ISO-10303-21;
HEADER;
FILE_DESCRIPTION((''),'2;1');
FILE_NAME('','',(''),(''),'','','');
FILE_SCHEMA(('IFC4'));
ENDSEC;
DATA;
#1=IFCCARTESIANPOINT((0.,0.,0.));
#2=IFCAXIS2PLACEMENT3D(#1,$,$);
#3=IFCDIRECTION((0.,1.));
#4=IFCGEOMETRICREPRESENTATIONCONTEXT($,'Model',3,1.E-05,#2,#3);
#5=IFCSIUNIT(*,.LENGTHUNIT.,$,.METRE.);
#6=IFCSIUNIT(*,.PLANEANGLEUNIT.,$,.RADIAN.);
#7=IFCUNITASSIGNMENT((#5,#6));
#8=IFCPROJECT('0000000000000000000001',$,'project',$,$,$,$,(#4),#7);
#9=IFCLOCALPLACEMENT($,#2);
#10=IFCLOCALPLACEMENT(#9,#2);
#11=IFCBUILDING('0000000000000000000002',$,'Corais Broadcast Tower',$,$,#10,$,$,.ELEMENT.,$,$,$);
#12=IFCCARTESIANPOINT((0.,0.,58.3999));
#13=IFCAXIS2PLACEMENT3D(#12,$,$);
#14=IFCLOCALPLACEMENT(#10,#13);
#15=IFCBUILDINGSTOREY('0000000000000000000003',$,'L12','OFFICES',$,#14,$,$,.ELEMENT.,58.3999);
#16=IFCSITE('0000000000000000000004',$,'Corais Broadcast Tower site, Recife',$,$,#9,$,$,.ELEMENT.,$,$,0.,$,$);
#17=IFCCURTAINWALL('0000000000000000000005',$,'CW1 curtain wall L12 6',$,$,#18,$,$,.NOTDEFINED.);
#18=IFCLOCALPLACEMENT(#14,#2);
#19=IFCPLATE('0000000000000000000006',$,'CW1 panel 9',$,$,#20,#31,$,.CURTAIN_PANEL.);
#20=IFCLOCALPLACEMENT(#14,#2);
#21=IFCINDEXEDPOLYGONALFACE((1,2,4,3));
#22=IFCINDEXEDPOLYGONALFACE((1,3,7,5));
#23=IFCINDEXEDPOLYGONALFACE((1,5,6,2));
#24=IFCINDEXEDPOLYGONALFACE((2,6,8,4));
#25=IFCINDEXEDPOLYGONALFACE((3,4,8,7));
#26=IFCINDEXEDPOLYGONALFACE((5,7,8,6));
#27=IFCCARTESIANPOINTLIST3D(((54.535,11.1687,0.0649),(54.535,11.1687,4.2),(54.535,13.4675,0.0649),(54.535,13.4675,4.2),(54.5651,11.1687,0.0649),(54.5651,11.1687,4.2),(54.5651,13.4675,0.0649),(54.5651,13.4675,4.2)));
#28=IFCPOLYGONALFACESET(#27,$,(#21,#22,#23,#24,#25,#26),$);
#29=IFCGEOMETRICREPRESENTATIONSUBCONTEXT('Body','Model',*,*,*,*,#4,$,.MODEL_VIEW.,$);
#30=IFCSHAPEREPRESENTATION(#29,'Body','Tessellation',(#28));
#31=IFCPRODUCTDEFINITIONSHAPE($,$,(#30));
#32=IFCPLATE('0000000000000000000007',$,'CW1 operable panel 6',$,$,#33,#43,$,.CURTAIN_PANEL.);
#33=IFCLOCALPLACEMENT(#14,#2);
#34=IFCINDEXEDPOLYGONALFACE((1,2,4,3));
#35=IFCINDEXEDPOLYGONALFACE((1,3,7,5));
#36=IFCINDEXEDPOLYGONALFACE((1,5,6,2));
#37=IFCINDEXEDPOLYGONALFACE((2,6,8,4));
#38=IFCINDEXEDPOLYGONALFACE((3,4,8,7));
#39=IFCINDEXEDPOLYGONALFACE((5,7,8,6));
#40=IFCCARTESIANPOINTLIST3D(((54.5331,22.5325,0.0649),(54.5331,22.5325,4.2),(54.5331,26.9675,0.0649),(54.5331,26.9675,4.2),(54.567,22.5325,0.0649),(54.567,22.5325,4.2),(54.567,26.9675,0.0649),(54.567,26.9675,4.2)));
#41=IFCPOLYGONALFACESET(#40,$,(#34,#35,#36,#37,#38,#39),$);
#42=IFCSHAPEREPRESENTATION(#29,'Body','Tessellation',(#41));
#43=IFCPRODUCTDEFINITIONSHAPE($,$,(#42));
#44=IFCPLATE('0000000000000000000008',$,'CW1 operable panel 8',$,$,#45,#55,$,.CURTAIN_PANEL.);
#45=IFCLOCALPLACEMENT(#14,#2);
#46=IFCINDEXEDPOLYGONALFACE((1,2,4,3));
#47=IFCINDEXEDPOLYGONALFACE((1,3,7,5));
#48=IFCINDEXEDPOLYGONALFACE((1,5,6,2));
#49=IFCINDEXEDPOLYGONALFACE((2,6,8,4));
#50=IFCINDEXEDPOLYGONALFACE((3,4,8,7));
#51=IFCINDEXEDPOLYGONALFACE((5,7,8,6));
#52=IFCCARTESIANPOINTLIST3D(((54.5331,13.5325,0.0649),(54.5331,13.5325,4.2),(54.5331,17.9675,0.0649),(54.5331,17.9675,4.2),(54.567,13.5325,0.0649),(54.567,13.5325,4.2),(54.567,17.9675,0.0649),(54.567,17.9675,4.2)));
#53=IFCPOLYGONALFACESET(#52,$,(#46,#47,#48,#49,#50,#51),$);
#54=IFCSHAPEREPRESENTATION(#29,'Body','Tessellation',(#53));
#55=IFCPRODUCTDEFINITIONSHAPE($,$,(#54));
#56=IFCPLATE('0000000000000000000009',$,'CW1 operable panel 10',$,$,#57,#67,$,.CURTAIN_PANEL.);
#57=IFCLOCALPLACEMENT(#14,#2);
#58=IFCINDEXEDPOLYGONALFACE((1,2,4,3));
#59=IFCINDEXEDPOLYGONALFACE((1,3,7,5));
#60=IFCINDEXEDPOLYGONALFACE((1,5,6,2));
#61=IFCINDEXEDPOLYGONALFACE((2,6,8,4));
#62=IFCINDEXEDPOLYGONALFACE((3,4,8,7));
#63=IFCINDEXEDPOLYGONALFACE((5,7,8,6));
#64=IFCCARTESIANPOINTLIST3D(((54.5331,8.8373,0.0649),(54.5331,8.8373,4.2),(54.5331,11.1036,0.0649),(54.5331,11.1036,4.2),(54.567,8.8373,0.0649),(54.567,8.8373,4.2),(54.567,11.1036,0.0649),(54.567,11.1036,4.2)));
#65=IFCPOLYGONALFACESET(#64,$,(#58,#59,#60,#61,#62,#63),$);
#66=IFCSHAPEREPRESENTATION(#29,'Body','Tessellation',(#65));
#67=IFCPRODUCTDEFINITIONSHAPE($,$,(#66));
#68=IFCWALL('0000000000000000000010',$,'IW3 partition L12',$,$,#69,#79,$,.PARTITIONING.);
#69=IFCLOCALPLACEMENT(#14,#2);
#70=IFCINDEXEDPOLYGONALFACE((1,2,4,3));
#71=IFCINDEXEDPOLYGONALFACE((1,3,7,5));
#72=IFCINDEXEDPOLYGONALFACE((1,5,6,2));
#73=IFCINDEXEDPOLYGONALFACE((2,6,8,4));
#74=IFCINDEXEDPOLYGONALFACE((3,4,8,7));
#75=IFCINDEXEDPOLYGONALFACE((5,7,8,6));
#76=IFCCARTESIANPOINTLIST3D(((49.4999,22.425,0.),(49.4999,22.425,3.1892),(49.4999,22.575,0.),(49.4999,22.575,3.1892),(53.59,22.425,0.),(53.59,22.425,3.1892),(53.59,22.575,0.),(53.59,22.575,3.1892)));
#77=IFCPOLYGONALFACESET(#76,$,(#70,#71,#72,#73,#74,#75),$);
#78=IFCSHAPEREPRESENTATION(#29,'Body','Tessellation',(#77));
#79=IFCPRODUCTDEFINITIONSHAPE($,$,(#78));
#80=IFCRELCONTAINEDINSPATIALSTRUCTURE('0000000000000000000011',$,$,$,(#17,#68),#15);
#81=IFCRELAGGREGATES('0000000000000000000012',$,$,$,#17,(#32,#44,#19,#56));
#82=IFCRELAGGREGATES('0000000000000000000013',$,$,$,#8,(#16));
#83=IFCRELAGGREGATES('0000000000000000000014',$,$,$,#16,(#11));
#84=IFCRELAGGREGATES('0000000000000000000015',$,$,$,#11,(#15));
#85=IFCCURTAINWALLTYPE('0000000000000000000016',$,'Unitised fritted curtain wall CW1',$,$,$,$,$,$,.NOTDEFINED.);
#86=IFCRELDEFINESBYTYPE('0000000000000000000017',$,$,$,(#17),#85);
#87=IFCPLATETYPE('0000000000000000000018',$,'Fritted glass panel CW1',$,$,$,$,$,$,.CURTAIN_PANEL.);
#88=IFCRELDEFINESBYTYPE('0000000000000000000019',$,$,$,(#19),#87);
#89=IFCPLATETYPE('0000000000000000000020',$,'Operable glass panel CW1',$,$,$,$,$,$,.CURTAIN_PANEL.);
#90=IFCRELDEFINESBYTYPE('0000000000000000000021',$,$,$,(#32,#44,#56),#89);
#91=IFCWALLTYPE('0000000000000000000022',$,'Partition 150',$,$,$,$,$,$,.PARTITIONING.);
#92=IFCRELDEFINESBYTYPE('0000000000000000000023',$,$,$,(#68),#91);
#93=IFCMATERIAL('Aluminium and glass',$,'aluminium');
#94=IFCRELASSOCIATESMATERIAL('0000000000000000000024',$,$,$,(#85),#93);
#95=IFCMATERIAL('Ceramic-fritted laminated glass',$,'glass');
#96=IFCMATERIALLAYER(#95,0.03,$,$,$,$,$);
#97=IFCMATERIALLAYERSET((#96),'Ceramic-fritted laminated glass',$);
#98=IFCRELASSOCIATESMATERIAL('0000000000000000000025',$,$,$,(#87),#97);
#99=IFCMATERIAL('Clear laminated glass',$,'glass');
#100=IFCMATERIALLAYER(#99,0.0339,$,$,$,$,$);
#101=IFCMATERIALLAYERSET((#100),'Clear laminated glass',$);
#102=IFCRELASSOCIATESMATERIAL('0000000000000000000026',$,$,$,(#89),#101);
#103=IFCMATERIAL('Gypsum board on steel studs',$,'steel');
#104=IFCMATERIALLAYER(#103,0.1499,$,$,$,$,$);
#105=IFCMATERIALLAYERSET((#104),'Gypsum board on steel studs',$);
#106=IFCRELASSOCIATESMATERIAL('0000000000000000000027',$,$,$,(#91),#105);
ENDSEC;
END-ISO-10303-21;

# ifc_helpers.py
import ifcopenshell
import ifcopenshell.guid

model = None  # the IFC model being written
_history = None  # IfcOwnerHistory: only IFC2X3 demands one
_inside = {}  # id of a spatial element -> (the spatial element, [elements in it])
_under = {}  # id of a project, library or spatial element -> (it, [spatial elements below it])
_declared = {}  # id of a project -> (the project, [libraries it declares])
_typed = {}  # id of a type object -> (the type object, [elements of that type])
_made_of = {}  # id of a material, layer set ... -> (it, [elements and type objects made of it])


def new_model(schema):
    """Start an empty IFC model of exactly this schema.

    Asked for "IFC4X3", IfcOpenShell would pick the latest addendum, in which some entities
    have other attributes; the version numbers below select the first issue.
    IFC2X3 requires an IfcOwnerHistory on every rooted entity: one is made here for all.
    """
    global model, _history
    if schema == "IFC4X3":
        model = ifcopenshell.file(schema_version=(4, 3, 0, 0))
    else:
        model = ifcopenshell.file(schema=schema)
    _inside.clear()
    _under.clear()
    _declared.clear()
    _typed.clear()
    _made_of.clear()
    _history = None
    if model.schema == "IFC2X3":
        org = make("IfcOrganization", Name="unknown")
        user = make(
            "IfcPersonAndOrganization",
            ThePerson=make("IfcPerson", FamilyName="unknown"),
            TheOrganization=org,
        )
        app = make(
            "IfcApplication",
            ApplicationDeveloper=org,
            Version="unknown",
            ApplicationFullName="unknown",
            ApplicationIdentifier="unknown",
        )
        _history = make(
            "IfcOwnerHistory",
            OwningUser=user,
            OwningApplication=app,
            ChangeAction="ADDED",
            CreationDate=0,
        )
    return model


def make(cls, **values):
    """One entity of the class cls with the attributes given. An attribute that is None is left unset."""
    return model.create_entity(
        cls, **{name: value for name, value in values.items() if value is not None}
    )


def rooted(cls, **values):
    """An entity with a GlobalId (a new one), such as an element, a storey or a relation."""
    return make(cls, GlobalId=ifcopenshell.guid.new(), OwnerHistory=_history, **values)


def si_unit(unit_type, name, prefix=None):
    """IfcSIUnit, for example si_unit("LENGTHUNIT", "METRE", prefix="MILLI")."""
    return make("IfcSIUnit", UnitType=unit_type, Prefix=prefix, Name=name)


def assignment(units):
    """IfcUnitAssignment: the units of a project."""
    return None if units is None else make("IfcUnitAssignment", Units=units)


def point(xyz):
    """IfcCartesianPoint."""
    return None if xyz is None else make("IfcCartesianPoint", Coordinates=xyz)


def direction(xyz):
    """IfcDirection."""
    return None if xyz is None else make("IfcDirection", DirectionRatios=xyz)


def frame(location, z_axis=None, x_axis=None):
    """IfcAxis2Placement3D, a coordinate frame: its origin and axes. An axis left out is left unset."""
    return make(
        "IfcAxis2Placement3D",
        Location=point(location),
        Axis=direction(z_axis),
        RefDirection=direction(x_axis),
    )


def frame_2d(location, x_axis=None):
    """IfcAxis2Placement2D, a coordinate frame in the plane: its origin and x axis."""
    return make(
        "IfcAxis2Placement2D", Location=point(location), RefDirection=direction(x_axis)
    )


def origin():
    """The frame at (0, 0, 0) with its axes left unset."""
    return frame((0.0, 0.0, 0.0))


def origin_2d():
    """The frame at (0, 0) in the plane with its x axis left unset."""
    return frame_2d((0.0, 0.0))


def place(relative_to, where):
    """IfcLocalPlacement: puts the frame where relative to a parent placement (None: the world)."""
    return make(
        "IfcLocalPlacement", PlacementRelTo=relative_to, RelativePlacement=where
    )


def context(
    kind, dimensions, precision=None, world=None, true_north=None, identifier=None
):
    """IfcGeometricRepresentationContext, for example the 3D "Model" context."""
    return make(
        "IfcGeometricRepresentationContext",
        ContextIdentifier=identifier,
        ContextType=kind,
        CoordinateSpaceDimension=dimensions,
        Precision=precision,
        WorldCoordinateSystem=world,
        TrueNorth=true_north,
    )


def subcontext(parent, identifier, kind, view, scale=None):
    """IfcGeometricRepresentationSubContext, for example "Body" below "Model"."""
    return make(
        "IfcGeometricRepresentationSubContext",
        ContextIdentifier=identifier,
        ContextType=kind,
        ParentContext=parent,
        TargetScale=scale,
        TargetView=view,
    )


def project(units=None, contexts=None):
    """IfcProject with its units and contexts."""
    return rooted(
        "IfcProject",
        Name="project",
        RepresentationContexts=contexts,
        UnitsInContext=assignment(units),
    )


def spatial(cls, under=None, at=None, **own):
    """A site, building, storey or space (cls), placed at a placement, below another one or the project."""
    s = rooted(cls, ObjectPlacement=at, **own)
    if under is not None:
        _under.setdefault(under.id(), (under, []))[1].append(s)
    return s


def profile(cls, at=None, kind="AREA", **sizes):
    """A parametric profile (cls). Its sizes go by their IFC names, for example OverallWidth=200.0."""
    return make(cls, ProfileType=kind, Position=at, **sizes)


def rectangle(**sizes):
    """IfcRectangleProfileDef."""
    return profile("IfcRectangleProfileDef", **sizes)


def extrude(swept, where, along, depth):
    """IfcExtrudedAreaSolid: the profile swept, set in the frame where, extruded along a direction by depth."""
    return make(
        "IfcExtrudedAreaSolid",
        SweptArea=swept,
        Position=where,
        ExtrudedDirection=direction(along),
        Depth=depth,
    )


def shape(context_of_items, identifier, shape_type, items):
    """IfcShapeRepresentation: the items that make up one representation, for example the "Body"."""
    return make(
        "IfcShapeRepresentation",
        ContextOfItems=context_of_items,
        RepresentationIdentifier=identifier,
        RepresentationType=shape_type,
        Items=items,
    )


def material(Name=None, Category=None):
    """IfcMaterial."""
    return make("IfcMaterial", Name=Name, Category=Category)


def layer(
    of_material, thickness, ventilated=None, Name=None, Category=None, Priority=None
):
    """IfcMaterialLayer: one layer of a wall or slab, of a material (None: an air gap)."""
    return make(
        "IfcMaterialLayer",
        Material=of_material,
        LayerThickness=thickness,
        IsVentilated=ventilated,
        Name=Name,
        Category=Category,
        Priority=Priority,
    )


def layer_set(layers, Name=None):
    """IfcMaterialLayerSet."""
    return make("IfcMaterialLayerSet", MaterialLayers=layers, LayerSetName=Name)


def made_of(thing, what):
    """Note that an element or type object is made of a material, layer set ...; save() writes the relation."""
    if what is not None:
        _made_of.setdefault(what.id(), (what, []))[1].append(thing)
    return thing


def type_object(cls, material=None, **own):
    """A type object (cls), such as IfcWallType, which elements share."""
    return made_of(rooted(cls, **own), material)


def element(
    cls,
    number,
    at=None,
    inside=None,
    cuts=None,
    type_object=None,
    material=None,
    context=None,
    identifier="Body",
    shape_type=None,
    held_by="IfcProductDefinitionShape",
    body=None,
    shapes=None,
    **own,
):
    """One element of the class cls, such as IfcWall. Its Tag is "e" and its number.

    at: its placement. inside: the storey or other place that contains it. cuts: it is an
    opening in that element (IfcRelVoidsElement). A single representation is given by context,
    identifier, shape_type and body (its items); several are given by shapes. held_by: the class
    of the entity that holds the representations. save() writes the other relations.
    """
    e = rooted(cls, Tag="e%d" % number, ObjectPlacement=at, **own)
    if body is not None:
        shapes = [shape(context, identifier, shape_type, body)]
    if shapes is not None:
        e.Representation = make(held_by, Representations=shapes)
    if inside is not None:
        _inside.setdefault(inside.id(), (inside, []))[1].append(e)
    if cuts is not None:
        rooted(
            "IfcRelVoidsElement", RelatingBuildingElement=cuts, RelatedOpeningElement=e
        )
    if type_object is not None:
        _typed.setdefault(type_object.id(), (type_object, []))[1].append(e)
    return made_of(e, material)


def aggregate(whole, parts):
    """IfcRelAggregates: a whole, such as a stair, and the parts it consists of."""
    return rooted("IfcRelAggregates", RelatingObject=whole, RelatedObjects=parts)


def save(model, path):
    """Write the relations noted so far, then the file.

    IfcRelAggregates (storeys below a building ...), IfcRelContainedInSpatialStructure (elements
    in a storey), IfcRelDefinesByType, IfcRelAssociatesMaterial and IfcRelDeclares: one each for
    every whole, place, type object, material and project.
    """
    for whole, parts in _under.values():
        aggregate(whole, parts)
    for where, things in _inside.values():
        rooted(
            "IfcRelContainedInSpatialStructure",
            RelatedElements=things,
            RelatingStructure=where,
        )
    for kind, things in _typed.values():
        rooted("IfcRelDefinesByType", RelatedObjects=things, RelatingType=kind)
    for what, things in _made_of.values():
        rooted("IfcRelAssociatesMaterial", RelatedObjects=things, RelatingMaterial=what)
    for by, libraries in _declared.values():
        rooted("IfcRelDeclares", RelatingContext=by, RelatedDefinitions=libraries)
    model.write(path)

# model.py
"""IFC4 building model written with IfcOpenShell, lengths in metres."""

from ifc_helpers import new_model, si_unit, direction, frame, frame_2d, origin, origin_2d, place, context, subcontext, project, spatial, rectangle, extrude, material, layer, layer_set, type_object, element, aggregate, save


model = new_model("IFC4")

# Units and contexts
model_context = context("Model", 3, precision=1e-05, world=origin(), true_north=direction((0.0, 1.0)))
body_context = subcontext(model_context, "Body", "Model", "MODEL_VIEW")
ifc_project = project(units=[si_unit("LENGTHUNIT", "METRE"), si_unit("PLANEANGLEUNIT", "RADIAN")], contexts=[model_context])

# Site, building, storey
site_placement = place(None, origin())
site = spatial("IfcSite", under=ifc_project, at=site_placement, Name="Corais Broadcast Tower site, Recife", CompositionType="ELEMENT", RefElevation=0.0)
building_placement = place(site_placement, origin())
building = spatial("IfcBuilding", under=site, at=building_placement, Name="Corais Broadcast Tower", CompositionType="ELEMENT")
storey_placement = place(building_placement, frame((0.0, 0.0, 58.3999)))
storey = spatial("IfcBuildingStorey", under=building, at=storey_placement, Name="L12", Description="OFFICES", CompositionType="ELEMENT", Elevation=58.3999)

# Curtain wall
ifc_material_1 = material(Name="Aluminium and glass", Category="aluminium")
curtain_wall_type = type_object("IfcCurtainWallType", Name="Unitised fritted curtain wall CW1", PredefinedType="NOTDEFINED", material=ifc_material_1)
curtain_wall_placement = place(storey_placement, origin())
curtain_wall = element("IfcCurtainWall", 1, at=curtain_wall_placement, inside=storey, type_object=curtain_wall_type, Name="CW1 curtain wall L12 6", PredefinedType="NOTDEFINED")

# Plates
ifc_material_2 = material(Name="Ceramic-fritted laminated glass", Category="glass")
ifc_layer_1 = layer(ifc_material_2, 0.03)
ifc_layer_set_1 = layer_set([ifc_layer_1], Name="Ceramic-fritted laminated glass")
plate_type_1 = type_object("IfcPlateType", Name="Fritted glass panel CW1", PredefinedType="CURTAIN_PANEL", material=ifc_layer_set_1)
plate_1_placement = place(storey_placement, frame((54.55, 12.3181, 0.0649), z_axis=(0.0, 0.0, 1.0), x_axis=(0.0, -1.0, 0.0)))
plate_1 = element("IfcPlate", 2, at=plate_1_placement, type_object=plate_type_1, Name="CW1 panel 9", PredefinedType="CURTAIN_PANEL", context=body_context, shape_type="SweptSolid", body=[
    extrude(rectangle(XDim=2.2988, YDim=0.03, at=origin_2d()), origin(), (0.0, 0.0, 1.0), 4.135),
])
ifc_material_3 = material(Name="Clear laminated glass", Category="glass")
ifc_layer_2 = layer(ifc_material_3, 0.0339)
ifc_layer_set_2 = layer_set([ifc_layer_2], Name="Clear laminated glass")
plate_type_2 = type_object("IfcPlateType", Name="Operable glass panel CW1", PredefinedType="CURTAIN_PANEL", material=ifc_layer_set_2)
plate_2_placement = place(storey_placement, frame((54.55, 24.75, 0.0649), z_axis=(0.0, 0.0, 1.0), x_axis=(0.0, -1.0, 0.0)))
plate_2 = element("IfcPlate", 3, at=plate_2_placement, type_object=plate_type_2, Name="CW1 operable panel 6", PredefinedType="CURTAIN_PANEL", context=body_context, shape_type="SweptSolid", body=[
    extrude(rectangle(XDim=4.4351, YDim=0.0339, at=origin_2d()), origin(), (0.0, 0.0, 1.0), 4.135),
])
plate_3_placement = place(storey_placement, frame((54.55, 15.75, 0.0649), z_axis=(0.0, 0.0, 1.0), x_axis=(0.0, -1.0, 0.0)))
plate_3 = element("IfcPlate", 4, at=plate_3_placement, type_object=plate_type_2, Name="CW1 operable panel 8", PredefinedType="CURTAIN_PANEL", context=body_context, shape_type="SweptSolid", body=[
    extrude(rectangle(XDim=4.4351, YDim=0.0339, at=origin_2d()), origin(), (0.0, 0.0, 1.0), 4.135),
])
plate_4_placement = place(storey_placement, frame((54.55, 9.9705, 0.0649), z_axis=(0.0, 0.0, 1.0), x_axis=(0.0, -1.0, 0.0)))
plate_4 = element("IfcPlate", 5, at=plate_4_placement, type_object=plate_type_2, Name="CW1 operable panel 10", PredefinedType="CURTAIN_PANEL", context=body_context, shape_type="SweptSolid", body=[
    extrude(rectangle(XDim=2.2664, YDim=0.0339, at=origin_2d()), origin(), (0.0, 0.0, 1.0), 4.135),
])
aggregate(curtain_wall, [plate_2, plate_3, plate_1, plate_4])

# Wall
ifc_material_4 = material(Name="Gypsum board on steel studs", Category="steel")
ifc_layer_3 = layer(ifc_material_4, 0.1499)
ifc_layer_set_3 = layer_set([ifc_layer_3], Name="Gypsum board on steel studs")
wall_type = type_object("IfcWallType", Name="Partition 150", PredefinedType="PARTITIONING", material=ifc_layer_set_3)
wall_placement = place(storey_placement, frame((49.5, 22.5, 0.0), z_axis=(0.0, 0.0, 1.0), x_axis=(1.0, 0.0, 0.0)))
element("IfcWall", 6, at=wall_placement, inside=storey, type_object=wall_type, Name="IW3 partition L12", PredefinedType="PARTITIONING", context=body_context, shape_type="SweptSolid", body=[
    extrude(rectangle(XDim=4.0901, YDim=0.1499, at=frame_2d((2.0449, 0.0))), origin(), (0.0, 0.0, 1.0), 3.1892),
])

save(model, "model.ifc")
